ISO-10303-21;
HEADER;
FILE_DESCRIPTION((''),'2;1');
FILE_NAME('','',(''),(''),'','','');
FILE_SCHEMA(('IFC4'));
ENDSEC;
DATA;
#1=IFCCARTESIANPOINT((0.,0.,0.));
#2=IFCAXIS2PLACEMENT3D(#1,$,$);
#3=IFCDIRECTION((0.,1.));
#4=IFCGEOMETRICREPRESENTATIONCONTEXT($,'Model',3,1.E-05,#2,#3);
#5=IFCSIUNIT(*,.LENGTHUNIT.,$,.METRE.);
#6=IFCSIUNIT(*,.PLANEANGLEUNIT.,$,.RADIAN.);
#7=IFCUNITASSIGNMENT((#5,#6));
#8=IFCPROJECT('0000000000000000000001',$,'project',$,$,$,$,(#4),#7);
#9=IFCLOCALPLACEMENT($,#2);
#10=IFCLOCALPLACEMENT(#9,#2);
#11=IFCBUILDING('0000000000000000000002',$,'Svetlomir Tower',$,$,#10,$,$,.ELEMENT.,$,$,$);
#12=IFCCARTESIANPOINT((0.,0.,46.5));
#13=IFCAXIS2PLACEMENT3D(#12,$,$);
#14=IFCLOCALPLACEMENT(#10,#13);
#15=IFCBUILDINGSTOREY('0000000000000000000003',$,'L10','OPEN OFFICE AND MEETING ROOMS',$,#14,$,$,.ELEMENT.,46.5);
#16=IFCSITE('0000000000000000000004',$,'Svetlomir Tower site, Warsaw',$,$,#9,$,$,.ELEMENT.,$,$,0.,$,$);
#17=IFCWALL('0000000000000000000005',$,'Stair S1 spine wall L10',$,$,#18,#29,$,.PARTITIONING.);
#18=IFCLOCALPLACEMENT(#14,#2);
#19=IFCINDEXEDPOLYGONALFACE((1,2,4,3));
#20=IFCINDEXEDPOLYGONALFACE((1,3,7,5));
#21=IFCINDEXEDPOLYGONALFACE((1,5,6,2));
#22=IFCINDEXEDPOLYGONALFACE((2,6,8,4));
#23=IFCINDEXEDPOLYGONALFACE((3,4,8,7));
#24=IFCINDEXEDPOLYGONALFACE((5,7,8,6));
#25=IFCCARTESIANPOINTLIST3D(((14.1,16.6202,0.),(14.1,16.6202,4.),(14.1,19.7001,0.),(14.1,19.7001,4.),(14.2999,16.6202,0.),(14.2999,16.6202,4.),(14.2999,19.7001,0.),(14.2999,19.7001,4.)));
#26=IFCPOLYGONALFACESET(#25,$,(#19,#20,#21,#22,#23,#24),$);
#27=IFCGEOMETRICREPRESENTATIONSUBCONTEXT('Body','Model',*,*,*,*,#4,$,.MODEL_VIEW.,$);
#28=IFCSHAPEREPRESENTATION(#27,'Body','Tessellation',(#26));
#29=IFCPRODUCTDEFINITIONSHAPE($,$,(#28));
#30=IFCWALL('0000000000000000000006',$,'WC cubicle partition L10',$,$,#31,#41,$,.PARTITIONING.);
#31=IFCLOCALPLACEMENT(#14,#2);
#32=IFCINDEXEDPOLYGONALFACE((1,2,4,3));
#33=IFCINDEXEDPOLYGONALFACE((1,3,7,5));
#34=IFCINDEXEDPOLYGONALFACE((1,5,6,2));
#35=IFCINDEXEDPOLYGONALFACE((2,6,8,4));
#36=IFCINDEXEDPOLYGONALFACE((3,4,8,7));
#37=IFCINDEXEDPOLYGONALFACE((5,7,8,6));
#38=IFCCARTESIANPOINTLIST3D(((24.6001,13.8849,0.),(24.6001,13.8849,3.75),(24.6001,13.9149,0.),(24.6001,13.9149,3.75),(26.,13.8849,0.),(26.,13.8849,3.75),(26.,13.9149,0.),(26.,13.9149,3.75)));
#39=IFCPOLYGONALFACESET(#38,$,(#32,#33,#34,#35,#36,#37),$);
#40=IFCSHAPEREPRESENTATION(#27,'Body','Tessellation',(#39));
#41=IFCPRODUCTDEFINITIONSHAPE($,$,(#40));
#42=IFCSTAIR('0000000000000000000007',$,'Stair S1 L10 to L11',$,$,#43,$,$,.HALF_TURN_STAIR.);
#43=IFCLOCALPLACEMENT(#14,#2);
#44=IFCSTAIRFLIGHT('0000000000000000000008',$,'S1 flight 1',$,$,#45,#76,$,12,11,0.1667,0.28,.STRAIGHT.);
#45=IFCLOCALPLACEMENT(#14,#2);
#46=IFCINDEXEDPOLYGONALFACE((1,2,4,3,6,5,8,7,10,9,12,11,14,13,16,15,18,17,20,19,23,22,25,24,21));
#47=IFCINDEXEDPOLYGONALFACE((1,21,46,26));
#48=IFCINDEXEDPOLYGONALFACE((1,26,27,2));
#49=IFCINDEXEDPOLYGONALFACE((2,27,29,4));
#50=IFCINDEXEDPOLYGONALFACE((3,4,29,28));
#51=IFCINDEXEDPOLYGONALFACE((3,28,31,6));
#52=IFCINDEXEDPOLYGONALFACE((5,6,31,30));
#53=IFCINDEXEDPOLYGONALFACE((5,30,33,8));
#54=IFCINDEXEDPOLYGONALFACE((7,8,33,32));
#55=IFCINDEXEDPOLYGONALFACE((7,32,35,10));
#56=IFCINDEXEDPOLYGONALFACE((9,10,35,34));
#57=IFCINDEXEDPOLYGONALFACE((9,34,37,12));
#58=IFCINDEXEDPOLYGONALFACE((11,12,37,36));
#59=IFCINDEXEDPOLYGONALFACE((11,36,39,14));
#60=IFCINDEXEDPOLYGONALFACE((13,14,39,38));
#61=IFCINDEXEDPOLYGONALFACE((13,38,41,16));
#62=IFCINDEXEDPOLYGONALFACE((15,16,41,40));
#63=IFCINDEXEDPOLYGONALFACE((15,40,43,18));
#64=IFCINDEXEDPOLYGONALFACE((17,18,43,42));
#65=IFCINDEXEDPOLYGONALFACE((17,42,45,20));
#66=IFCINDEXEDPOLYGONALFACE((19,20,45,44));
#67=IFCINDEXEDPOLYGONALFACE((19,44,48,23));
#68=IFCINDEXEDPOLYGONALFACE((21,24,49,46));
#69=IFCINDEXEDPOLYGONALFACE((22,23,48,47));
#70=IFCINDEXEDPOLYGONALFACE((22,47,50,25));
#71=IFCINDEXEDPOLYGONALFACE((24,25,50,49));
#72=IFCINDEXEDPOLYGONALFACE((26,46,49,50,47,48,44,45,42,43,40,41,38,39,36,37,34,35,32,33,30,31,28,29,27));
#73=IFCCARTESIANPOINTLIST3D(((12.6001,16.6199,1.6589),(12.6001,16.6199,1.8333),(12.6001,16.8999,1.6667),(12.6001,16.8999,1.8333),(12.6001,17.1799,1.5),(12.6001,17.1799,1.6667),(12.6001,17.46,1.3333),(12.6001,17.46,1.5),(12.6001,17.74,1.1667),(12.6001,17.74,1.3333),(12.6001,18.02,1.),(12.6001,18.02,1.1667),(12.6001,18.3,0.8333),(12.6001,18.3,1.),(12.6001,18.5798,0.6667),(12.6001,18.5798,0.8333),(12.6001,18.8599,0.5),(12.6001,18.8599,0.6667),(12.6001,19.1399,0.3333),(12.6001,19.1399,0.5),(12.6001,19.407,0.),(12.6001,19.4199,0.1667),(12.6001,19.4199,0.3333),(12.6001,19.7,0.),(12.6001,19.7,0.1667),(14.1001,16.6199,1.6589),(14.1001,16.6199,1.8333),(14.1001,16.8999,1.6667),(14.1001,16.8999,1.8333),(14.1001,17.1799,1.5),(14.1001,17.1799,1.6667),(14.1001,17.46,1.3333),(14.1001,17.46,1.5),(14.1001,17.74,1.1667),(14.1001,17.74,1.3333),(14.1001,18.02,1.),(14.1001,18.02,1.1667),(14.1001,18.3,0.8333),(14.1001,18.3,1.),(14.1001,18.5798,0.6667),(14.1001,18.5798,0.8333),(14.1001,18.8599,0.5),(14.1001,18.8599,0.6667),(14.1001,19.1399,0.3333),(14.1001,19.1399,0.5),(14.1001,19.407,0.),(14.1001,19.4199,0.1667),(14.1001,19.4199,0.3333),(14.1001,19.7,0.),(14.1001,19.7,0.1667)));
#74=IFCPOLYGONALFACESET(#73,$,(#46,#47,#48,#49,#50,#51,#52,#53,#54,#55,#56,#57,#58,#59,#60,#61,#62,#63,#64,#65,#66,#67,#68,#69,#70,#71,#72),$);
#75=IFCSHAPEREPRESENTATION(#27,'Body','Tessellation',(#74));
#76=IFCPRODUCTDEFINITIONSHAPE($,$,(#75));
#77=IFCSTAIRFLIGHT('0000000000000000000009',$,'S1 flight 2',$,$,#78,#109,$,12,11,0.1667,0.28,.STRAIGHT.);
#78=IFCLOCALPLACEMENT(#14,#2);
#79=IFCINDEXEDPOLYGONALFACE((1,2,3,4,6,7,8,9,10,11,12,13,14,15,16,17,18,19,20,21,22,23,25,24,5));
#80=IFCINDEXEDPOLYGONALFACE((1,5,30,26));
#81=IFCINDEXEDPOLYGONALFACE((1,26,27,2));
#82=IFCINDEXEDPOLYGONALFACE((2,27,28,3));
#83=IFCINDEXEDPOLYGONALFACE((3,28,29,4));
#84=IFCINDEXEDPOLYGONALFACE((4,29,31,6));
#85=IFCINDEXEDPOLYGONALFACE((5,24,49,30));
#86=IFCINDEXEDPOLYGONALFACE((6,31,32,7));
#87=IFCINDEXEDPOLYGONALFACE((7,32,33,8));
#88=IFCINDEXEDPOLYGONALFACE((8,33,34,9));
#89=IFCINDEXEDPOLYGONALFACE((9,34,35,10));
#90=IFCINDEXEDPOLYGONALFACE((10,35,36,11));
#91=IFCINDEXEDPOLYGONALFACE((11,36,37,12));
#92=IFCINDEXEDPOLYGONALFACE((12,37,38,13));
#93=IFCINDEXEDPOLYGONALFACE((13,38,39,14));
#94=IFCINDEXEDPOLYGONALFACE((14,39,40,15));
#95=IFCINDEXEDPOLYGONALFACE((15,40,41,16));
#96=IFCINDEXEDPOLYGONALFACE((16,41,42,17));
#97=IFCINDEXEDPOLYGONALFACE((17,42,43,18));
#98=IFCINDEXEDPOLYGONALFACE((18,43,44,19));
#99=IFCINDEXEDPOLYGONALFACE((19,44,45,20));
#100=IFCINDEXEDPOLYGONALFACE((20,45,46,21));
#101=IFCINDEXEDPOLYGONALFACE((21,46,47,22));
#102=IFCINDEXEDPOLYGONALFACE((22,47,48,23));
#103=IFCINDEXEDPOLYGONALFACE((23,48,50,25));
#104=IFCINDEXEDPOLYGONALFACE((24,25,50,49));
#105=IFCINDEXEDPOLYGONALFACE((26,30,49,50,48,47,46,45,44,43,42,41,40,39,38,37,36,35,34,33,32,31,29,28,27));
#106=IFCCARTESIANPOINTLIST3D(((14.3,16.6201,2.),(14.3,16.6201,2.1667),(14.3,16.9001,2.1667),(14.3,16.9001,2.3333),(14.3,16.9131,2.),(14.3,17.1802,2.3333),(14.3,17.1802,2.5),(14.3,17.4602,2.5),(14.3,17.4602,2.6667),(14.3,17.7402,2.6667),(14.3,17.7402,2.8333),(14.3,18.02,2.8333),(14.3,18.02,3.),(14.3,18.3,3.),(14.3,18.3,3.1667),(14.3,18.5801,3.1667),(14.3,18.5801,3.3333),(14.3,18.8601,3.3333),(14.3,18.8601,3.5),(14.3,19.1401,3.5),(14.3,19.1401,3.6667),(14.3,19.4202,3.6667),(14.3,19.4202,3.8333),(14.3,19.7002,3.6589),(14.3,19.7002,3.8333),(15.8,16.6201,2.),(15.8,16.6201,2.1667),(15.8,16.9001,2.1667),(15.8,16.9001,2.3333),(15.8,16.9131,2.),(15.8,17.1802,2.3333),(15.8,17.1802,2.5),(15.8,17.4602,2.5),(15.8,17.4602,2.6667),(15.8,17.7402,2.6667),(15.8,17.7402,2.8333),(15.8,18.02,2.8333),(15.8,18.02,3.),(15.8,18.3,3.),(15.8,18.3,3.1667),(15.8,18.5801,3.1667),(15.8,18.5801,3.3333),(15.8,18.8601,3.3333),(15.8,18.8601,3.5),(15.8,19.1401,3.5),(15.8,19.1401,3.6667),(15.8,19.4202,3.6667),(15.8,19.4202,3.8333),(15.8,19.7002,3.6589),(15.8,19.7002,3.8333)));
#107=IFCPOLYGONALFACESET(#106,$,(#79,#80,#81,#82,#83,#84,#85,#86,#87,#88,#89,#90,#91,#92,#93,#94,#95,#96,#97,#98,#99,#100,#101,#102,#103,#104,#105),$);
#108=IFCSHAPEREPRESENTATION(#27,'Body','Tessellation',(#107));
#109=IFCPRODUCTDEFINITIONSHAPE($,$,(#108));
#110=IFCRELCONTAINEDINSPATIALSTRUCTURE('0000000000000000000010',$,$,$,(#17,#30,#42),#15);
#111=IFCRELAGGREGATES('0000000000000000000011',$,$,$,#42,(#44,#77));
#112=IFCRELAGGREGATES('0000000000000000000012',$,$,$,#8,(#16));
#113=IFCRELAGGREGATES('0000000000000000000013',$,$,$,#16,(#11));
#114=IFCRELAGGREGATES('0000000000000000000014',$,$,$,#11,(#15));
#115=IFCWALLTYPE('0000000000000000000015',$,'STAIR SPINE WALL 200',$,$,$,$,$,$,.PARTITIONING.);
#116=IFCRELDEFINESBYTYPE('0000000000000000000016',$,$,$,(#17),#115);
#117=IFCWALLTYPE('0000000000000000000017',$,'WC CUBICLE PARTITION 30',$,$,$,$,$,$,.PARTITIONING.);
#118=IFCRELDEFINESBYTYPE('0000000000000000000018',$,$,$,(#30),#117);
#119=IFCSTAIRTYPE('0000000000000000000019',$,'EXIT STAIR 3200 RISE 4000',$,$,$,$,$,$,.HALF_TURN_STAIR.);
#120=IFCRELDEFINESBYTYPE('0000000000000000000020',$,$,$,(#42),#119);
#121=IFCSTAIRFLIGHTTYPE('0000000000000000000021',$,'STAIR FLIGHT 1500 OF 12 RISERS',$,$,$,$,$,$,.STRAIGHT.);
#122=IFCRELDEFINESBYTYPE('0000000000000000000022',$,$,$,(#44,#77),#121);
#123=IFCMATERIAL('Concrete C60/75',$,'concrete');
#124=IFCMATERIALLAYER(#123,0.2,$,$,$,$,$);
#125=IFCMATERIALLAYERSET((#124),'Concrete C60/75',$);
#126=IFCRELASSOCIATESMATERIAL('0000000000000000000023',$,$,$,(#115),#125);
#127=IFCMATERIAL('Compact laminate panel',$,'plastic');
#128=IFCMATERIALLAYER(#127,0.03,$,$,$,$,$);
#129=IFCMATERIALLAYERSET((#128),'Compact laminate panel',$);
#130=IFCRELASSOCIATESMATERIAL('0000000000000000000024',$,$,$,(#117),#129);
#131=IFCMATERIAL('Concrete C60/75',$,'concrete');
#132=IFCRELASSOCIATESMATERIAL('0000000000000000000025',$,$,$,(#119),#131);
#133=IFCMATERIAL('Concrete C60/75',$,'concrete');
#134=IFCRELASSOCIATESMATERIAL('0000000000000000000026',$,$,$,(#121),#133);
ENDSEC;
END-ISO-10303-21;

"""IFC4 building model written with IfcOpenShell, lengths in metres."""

from ifc_helpers import new_model, si_unit, direction, frame, frame_2d, origin, place, context, subcontext, project, spatial, polyline, rectangle, outline, extrude, material, layer, layer_set, type_object, element, aggregate, save


model = new_model("IFC4")

# Units and contexts
model_context = context("Model", 3, precision=1e-05, world=origin(), true_north=direction((0.0, 1.0)))
body_context = subcontext(model_context, "Body", "Model", "MODEL_VIEW")
ifc_project = project(units=[si_unit("LENGTHUNIT", "METRE"), si_unit("PLANEANGLEUNIT", "RADIAN")], contexts=[model_context])

# Site, building, storey
site_placement = place(None, origin())
site = spatial("IfcSite", under=ifc_project, at=site_placement, Name="Svetlomir Tower site, Warsaw", CompositionType="ELEMENT", RefElevation=0.0)
building_placement = place(site_placement, origin())
building = spatial("IfcBuilding", under=site, at=building_placement, Name="Svetlomir Tower", CompositionType="ELEMENT")
storey_placement = place(building_placement, frame((0.0, 0.0, 46.5)))
storey = spatial("IfcBuildingStorey", under=building, at=storey_placement, Name="L10", Description="OPEN OFFICE AND MEETING ROOMS", CompositionType="ELEMENT", Elevation=46.5)

# Walls
ifc_material_1 = material(Name="Concrete C60/75", Category="concrete")
ifc_layer_1 = layer(ifc_material_1, 0.2)
ifc_layer_set_1 = layer_set([ifc_layer_1], Name="Concrete C60/75")
wall_type_1 = type_object("IfcWallType", Name="STAIR SPINE WALL 200", PredefinedType="PARTITIONING", material=ifc_layer_set_1)
wall_1_placement = place(storey_placement, frame((14.2, 16.6201, 0.0), z_axis=(0.0, 0.0, 1.0), x_axis=(0.0, 1.0, 0.0)))
element("IfcWall", 1, at=wall_1_placement, inside=storey, type_object=wall_type_1, Name="Stair S1 spine wall L10", PredefinedType="PARTITIONING", context=body_context, shape_type="SweptSolid", body=[
    extrude(rectangle(XDim=3.0798, YDim=0.2, at=frame_2d((1.54, 0.0))), origin(), (0.0, 0.0, 1.0), 4.0),
])
ifc_material_2 = material(Name="Compact laminate panel", Category="plastic")
ifc_layer_2 = layer(ifc_material_2, 0.03)
ifc_layer_set_2 = layer_set([ifc_layer_2], Name="Compact laminate panel")
wall_type_2 = type_object("IfcWallType", Name="WC CUBICLE PARTITION 30", PredefinedType="PARTITIONING", material=ifc_layer_set_2)
wall_2_placement = place(storey_placement, frame((24.6001, 13.8999, 0.0), z_axis=(0.0, 0.0, 1.0), x_axis=(1.0, 0.0, 0.0)))
element("IfcWall", 2, at=wall_2_placement, inside=storey, type_object=wall_type_2, Name="WC cubicle partition L10", PredefinedType="PARTITIONING", context=body_context, shape_type="SweptSolid", body=[
    extrude(rectangle(XDim=1.3999, YDim=0.03, at=frame_2d((0.7, 0.0))), origin(), (0.0, 0.0, 1.0), 3.75),
])

# Stair, stair flights
ifc_material_3 = material(Name="Concrete C60/75", Category="concrete")
stair_type = type_object("IfcStairType", Name="EXIT STAIR 3200 RISE 4000", PredefinedType="HALF_TURN_STAIR", material=ifc_material_3)
stair_placement = place(storey_placement, origin())
stair = element("IfcStair", 3, at=stair_placement, inside=storey, type_object=stair_type, Name="Stair S1 L10 to L11", PredefinedType="HALF_TURN_STAIR")
ifc_material_4 = material(Name="Concrete C60/75", Category="concrete")
stair_flight_type = type_object("IfcStairFlightType", Name="STAIR FLIGHT 1500 OF 12 RISERS", PredefinedType="STRAIGHT", material=ifc_material_4)
stair_flight_1_placement = place(storey_placement, frame((13.3501, 19.7, 0.0), z_axis=(0.0, 0.0, 1.0), x_axis=(0.0, -1.0, 0.0)))
stair_flight_1 = element("IfcStairFlight", 4, at=stair_flight_1_placement, type_object=stair_flight_type, Name="S1 flight 1", NumberOfRisers=12, NumberOfTreads=11, PredefinedType="STRAIGHT", RiserHeight=0.1667, TreadLength=0.28, context=body_context, shape_type="SweptSolid", body=[
    extrude(outline(polyline([(0.0, 0.0), (0.0, 0.1667), (0.28, 0.1667), (0.28, 0.3333), (0.5601, 0.3333), (0.5601, 0.5), (0.8401, 0.5), (0.8401, 0.6667), (1.1201, 0.6667), (1.1201, 0.8333), (1.3999, 0.8333), (1.3999, 1.0), (1.6799, 1.0), (1.6799, 1.1667), (1.96, 1.1667), (1.96, 1.3333), (2.24, 1.3333), (2.24, 1.5), (2.52, 1.5), (2.52, 1.6667), (2.8, 1.6667), (2.8, 1.8333), (3.0801, 1.8333), (3.0801, 2.0), (3.0801, 1.6589), (0.293, 0.0), (0.0, 0.0)])), frame((0.0, 0.75, 0.0), z_axis=(0.0, -1.0, 0.0), x_axis=(1.0, 0.0, 0.0)), (0.0, 0.0, 1.0), 1.5),
])
stair_flight_2_placement = place(storey_placement, frame((15.05, 16.6201, 2.0), z_axis=(0.0, 0.0, 1.0), x_axis=(0.0, 1.0, 0.0)))
stair_flight_2 = element("IfcStairFlight", 5, at=stair_flight_2_placement, type_object=stair_flight_type, Name="S1 flight 2", NumberOfRisers=12, NumberOfTreads=11, PredefinedType="STRAIGHT", RiserHeight=0.1667, TreadLength=0.28, context=body_context, shape_type="SweptSolid", body=[
    extrude(outline(polyline([(0.0, 0.0), (0.0, 0.1667), (0.28, 0.1667), (0.28, 0.3333), (0.5601, 0.3333), (0.5601, 0.5), (0.8401, 0.5), (0.8401, 0.6667), (1.1201, 0.6667), (1.1201, 0.8333), (1.3999, 0.8333), (1.3999, 1.0), (1.6799, 1.0), (1.6799, 1.1667), (1.96, 1.1667), (1.96, 1.3333), (2.24, 1.3333), (2.24, 1.5), (2.52, 1.5), (2.52, 1.6667), (2.8, 1.6667), (2.8, 1.8333), (3.0801, 1.8333), (3.0801, 2.0), (3.0801, 1.6589), (0.293, 0.0), (0.0, 0.0)])), frame((0.0, 0.75, 0.0), z_axis=(0.0, -1.0, 0.0), x_axis=(1.0, 0.0, 0.0)), (0.0, 0.0, 1.0), 1.5),
])
aggregate(stair, [stair_flight_1, stair_flight_2])

save(model, "model.ifc")
